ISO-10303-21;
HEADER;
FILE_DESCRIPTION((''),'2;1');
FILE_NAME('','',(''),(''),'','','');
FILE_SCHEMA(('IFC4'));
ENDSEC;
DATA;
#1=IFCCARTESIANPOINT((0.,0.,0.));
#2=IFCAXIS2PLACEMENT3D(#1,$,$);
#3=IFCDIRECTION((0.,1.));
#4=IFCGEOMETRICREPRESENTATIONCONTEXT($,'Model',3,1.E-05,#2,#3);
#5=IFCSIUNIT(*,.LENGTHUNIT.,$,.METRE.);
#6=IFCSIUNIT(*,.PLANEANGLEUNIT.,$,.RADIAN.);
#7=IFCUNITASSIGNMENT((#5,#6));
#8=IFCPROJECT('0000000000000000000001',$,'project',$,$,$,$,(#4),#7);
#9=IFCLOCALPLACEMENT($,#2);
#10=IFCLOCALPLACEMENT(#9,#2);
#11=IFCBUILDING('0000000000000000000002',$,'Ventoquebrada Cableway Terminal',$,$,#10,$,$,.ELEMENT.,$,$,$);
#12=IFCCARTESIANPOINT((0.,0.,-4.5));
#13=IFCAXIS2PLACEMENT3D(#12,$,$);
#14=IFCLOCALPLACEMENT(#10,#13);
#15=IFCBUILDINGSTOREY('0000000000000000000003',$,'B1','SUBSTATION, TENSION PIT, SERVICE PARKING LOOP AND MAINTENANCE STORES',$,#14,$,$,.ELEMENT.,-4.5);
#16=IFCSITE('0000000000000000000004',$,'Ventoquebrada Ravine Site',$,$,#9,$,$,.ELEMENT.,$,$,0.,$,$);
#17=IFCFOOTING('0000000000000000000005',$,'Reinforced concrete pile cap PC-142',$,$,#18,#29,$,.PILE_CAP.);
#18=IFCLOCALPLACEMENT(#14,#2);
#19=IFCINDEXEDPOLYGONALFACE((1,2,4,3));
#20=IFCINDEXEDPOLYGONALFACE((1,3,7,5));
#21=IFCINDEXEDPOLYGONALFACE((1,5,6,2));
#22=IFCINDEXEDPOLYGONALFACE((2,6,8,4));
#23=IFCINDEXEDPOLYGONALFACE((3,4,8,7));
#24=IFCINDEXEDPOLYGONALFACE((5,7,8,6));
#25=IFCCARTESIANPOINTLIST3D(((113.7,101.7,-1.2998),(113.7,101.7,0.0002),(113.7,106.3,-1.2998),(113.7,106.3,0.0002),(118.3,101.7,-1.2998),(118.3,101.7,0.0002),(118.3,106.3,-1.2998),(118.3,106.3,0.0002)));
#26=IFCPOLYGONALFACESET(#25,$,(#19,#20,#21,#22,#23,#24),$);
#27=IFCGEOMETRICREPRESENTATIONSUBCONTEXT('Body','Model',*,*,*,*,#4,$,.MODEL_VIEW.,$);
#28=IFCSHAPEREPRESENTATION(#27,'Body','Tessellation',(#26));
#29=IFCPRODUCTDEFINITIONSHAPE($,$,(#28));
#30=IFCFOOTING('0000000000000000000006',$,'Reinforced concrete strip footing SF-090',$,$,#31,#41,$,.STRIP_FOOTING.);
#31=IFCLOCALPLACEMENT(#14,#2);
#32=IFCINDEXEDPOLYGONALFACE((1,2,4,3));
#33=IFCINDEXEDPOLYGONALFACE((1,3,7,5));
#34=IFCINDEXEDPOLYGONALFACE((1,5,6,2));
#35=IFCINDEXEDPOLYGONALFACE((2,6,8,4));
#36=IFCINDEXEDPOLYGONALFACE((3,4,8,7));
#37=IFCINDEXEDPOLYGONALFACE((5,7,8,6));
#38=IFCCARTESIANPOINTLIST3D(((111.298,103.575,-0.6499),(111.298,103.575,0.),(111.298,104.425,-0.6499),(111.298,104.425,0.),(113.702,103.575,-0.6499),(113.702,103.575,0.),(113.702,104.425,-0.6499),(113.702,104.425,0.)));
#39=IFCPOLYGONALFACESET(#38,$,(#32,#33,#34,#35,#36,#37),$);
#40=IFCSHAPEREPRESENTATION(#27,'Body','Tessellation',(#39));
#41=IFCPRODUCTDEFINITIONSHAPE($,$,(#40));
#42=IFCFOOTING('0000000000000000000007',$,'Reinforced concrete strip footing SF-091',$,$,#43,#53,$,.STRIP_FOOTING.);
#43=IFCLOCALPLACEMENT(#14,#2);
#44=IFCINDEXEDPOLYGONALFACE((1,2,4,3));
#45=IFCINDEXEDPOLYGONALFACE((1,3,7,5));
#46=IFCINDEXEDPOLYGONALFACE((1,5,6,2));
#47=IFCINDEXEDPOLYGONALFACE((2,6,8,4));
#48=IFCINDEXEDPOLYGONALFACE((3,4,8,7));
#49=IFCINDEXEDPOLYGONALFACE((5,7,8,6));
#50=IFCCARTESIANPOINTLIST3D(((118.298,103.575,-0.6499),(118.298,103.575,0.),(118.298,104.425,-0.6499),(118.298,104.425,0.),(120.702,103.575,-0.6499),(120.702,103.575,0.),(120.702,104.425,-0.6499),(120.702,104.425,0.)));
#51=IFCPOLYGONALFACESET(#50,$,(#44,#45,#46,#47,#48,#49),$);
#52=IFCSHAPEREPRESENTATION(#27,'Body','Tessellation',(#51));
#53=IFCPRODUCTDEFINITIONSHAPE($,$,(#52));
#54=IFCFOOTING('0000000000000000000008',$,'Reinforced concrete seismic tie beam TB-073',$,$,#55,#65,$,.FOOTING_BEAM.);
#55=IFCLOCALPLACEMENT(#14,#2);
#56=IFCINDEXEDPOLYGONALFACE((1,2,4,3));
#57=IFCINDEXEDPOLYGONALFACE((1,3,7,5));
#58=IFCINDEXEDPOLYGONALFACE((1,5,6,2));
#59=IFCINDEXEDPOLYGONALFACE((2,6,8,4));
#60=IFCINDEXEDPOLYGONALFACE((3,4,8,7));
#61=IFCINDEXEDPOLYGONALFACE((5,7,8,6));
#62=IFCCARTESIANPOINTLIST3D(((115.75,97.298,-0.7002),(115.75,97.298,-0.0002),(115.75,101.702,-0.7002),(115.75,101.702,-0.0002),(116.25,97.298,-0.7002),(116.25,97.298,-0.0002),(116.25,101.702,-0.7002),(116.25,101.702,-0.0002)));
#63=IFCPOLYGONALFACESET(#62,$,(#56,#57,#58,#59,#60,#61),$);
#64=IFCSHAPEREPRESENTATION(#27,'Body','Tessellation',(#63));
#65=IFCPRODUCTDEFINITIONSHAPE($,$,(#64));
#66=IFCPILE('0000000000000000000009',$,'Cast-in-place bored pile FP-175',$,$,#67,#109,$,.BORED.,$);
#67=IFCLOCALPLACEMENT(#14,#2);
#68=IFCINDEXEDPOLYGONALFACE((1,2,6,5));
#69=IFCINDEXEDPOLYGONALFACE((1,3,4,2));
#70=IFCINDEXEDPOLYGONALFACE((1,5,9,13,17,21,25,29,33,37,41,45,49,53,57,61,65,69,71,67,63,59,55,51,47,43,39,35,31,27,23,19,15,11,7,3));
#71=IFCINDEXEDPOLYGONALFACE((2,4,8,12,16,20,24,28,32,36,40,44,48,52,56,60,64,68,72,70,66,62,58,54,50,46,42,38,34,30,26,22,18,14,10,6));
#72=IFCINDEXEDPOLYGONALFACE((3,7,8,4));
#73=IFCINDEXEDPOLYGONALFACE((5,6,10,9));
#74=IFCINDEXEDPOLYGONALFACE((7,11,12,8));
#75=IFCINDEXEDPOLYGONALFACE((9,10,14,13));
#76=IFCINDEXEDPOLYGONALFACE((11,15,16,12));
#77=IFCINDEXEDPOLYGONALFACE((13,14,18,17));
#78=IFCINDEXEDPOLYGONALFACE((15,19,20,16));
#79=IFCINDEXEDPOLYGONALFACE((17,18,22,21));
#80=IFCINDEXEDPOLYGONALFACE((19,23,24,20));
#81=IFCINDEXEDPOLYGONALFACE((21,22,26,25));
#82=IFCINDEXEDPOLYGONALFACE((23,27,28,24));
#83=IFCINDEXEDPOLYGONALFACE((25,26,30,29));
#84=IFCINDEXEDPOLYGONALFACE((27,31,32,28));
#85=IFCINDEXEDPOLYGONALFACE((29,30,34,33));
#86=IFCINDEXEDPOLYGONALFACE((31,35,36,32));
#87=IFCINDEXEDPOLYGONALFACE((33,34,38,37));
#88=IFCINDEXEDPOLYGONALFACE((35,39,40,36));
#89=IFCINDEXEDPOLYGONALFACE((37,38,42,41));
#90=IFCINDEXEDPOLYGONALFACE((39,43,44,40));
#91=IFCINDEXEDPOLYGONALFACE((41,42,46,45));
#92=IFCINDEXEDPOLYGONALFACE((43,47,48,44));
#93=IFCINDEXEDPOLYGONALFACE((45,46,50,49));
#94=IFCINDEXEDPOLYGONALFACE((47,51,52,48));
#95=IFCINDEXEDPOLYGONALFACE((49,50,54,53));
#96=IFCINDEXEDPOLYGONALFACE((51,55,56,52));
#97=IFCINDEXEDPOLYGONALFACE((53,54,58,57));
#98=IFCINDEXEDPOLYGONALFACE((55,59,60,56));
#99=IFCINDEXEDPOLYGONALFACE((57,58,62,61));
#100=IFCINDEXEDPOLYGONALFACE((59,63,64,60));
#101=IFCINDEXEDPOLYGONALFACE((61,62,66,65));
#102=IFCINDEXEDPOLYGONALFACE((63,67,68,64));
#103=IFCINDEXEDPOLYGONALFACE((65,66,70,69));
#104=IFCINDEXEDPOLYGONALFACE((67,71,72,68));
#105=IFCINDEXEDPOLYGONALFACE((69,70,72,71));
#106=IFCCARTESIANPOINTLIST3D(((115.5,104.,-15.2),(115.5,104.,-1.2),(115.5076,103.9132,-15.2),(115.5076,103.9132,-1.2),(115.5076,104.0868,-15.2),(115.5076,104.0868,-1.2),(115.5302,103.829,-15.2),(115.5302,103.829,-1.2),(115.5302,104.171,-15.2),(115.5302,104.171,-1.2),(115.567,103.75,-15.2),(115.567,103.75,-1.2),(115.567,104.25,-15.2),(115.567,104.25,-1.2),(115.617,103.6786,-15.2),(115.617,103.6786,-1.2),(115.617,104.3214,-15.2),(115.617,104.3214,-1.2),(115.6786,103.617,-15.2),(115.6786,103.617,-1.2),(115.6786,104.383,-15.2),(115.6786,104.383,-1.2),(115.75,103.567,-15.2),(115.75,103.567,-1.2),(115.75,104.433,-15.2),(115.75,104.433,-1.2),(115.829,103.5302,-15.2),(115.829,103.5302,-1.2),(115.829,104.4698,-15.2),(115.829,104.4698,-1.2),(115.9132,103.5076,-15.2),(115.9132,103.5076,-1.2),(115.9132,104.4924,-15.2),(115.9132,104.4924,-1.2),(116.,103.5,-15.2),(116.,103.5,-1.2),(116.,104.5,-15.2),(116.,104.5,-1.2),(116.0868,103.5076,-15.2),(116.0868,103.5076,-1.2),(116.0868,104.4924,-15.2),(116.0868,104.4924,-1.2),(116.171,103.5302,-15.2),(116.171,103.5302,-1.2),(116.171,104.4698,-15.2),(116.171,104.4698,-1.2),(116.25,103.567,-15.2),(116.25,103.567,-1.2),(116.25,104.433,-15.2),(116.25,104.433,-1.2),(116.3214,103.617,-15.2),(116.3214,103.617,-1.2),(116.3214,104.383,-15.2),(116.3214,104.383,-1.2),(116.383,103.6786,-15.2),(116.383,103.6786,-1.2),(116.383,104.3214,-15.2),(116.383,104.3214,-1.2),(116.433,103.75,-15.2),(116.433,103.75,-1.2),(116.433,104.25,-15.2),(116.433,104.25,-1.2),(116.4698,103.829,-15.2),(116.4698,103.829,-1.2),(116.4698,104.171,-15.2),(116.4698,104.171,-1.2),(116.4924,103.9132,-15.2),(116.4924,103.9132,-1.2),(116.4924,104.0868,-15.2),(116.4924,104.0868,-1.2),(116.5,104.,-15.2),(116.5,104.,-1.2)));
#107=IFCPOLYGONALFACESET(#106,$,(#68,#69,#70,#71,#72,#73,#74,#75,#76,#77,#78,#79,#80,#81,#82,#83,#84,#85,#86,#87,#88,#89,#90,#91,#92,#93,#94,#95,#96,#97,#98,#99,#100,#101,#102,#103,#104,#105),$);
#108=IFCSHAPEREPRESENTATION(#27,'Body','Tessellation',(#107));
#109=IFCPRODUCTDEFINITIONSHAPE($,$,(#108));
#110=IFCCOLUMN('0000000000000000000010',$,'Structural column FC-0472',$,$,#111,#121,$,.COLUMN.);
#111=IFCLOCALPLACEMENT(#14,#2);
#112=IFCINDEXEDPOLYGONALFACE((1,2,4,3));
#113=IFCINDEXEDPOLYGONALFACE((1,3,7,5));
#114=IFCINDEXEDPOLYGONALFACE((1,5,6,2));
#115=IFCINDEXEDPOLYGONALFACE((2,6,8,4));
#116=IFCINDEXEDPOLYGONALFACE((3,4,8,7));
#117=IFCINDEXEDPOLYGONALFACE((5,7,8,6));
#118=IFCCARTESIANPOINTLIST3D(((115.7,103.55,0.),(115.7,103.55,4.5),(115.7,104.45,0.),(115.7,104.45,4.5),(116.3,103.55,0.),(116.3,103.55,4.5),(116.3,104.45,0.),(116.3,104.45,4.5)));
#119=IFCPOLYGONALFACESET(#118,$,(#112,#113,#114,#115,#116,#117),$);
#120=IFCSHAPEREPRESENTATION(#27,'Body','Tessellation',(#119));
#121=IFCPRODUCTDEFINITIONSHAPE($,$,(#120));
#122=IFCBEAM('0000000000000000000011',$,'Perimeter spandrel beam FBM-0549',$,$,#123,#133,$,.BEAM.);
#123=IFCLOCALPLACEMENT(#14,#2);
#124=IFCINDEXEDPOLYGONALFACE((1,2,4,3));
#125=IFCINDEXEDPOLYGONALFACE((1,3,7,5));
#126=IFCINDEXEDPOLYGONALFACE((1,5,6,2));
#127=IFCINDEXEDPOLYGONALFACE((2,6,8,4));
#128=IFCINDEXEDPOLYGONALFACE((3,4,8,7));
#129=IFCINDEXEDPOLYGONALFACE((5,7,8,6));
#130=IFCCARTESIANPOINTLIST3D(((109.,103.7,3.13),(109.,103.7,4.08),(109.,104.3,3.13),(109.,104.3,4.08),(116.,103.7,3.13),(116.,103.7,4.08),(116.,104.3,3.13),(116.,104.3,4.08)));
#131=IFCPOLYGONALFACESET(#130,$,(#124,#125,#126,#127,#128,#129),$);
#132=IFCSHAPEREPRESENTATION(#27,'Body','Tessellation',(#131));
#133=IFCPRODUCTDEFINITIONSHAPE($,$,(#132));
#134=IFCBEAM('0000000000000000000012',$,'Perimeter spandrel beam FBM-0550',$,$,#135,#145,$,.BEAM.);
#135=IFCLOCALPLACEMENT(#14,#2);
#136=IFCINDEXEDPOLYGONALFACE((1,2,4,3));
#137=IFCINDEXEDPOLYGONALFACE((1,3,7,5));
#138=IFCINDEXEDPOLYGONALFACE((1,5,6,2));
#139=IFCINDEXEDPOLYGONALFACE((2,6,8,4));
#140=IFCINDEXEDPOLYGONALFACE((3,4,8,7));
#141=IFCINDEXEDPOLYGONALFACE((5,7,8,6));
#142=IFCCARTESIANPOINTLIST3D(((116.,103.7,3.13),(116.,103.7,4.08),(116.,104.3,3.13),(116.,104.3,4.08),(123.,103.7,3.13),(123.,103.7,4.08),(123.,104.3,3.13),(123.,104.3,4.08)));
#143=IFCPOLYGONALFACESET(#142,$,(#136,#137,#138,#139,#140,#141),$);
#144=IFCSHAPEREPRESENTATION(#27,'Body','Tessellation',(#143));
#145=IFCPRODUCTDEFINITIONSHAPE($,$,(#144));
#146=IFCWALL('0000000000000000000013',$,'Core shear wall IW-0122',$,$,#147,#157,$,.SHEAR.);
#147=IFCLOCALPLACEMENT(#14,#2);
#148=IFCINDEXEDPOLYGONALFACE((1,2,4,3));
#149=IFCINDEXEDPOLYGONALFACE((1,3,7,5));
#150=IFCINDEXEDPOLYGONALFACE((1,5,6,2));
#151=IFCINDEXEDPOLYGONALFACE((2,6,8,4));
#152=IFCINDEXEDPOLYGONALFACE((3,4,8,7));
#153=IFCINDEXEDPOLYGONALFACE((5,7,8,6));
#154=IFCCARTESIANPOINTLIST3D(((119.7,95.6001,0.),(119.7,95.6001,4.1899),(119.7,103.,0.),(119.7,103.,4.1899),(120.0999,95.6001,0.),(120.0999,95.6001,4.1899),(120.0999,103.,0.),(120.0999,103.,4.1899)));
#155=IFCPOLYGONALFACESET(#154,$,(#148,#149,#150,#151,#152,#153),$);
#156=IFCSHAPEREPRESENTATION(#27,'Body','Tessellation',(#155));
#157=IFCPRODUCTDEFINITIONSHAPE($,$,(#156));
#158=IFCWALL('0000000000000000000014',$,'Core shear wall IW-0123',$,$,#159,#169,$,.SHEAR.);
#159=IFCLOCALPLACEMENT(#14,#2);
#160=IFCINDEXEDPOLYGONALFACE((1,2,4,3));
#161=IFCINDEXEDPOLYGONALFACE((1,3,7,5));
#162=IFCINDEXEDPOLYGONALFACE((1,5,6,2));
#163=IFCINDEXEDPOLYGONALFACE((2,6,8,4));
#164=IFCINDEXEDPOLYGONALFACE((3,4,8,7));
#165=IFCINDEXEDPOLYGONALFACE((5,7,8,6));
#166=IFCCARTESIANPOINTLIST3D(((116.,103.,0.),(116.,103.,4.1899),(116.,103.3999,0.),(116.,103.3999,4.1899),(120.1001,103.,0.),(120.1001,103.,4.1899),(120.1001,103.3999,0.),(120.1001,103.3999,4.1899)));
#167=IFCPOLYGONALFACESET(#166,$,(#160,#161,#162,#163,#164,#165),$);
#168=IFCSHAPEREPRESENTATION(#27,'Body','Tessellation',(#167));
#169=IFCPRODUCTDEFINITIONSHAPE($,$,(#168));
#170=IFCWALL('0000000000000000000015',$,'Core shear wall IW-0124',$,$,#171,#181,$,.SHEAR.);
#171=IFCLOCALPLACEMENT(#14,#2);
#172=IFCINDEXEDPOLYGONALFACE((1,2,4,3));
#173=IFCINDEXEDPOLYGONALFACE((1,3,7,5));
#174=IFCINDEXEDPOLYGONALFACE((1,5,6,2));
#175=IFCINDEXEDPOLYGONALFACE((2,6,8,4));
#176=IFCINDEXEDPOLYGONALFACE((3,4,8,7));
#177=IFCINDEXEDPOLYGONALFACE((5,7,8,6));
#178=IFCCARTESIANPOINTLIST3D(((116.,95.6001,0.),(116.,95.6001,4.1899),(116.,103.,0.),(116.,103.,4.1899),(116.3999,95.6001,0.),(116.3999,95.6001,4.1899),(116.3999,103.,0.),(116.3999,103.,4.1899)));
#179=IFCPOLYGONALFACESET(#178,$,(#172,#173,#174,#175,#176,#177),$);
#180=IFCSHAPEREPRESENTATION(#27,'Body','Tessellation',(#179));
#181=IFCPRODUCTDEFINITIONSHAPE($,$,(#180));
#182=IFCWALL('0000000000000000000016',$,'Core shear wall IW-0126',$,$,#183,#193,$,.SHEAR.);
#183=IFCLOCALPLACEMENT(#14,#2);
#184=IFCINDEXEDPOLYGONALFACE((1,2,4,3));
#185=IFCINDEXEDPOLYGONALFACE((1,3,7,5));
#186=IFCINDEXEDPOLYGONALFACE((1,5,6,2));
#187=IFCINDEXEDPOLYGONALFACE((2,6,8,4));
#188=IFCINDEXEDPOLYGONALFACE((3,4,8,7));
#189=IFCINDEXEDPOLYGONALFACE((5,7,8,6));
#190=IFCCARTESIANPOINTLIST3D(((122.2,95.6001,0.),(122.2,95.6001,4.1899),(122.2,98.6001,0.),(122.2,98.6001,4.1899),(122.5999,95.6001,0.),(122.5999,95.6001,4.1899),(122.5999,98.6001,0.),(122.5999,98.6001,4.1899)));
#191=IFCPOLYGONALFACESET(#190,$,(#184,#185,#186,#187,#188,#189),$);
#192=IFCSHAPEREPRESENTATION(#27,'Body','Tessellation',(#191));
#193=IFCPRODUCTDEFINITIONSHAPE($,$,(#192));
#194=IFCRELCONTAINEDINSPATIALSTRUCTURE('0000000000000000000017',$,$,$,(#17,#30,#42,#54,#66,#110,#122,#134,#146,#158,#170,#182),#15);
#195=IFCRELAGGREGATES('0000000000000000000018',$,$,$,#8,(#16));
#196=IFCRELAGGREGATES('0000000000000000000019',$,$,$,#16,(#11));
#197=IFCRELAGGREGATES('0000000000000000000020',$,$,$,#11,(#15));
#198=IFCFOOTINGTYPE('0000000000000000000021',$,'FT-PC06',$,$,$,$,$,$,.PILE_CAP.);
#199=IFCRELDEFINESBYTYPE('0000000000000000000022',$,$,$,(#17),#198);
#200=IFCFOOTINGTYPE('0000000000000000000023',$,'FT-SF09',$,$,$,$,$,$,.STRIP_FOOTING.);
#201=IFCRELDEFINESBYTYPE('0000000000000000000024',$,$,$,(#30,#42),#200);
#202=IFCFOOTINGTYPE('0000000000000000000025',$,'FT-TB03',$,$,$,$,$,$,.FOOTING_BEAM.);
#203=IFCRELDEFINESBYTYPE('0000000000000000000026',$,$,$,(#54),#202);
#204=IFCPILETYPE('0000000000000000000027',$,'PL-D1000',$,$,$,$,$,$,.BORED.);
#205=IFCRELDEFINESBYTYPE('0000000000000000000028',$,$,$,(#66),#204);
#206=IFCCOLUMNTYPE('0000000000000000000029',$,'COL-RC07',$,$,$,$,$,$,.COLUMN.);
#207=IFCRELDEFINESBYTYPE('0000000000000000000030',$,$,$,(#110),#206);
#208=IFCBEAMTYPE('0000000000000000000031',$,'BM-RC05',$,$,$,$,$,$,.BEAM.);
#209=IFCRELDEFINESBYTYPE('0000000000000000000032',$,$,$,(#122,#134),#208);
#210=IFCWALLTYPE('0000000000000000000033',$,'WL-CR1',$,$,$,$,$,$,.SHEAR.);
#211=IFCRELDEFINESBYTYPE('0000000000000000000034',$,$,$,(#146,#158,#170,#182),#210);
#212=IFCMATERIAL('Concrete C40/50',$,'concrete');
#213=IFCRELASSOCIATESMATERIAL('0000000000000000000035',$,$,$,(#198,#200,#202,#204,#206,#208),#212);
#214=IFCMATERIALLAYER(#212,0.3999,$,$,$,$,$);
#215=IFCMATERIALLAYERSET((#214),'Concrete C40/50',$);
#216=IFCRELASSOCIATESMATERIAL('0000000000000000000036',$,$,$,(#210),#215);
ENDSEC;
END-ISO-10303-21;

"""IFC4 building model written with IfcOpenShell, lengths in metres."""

from ifc_helpers import new_model, si_unit, direction, frame, frame_2d, origin, origin_2d, place, context, subcontext, project, spatial, rectangle, circle, extrude, material, layer, layer_set, material_profile, profile_set, type_object, element, save


model = new_model("IFC4")

# Units and contexts
model_context = context("Model", 3, precision=1e-05, world=origin(), true_north=direction((0.0, 1.0)))
body_context = subcontext(model_context, "Body", "Model", "MODEL_VIEW")
ifc_project = project(units=[si_unit("LENGTHUNIT", "METRE"), si_unit("PLANEANGLEUNIT", "RADIAN")], contexts=[model_context])

# Site, building, storey
site_placement = place(None, origin())
site = spatial("IfcSite", under=ifc_project, at=site_placement, Name="Ventoquebrada Ravine Site", CompositionType="ELEMENT", RefElevation=0.0)
building_placement = place(site_placement, origin())
building = spatial("IfcBuilding", under=site, at=building_placement, Name="Ventoquebrada Cableway Terminal", CompositionType="ELEMENT")
storey_placement = place(building_placement, frame((0.0, 0.0, -4.5)))
storey = spatial("IfcBuildingStorey", under=building, at=storey_placement, Name="B1", Description="SUBSTATION, TENSION PIT, SERVICE PARKING LOOP AND MAINTENANCE STORES", CompositionType="ELEMENT", Elevation=-4.5)

# Footings
ifc_material_1 = material(Name="Concrete C40/50", Category="concrete")
footing_type_1 = type_object("IfcFootingType", Name="FT-PC06", PredefinedType="PILE_CAP", material=ifc_material_1)
footing_1_placement = place(storey_placement, frame((116.0, 104.0, -1.2998), z_axis=(0.0, 0.0, 1.0), x_axis=(1.0, 0.0, 0.0)))
element("IfcFooting", 1, at=footing_1_placement, inside=storey, type_object=footing_type_1, Name="Reinforced concrete pile cap PC-142", PredefinedType="PILE_CAP", context=body_context, shape_type="SweptSolid", body=[
    extrude(rectangle(XDim=4.6001, YDim=4.6001, at=origin_2d()), origin(), (0.0, 0.0, 1.0), 1.3),
])
footing_type_2 = type_object("IfcFootingType", Name="FT-SF09", PredefinedType="STRIP_FOOTING", material=ifc_material_1)
for number, where, z_axis, x_axis, name in (
    (2, (112.5, 104.0, -0.6499), (0.0, 0.0, 1.0), (1.0, 0.0, 0.0), "Reinforced concrete strip footing SF-090"),
    (3, (119.5, 104.0, -0.6499), (0.0, 0.0, 1.0), (1.0, 0.0, 0.0), "Reinforced concrete strip footing SF-091"),
):
    element("IfcFooting", number, at=place(storey_placement, frame(where, z_axis=z_axis, x_axis=x_axis)), inside=storey, type_object=footing_type_2, Name=name, PredefinedType="STRIP_FOOTING", context=body_context, shape_type="SweptSolid", body=[
        extrude(rectangle(XDim=2.4041, YDim=0.8501, at=origin_2d()), origin(), (0.0, 0.0, 1.0), 0.6499),
    ])
footing_type_3 = type_object("IfcFootingType", Name="FT-TB03", PredefinedType="FOOTING_BEAM", material=ifc_material_1)
footing_2_placement = place(storey_placement, frame((116.0, 99.5, -0.7002), z_axis=(0.0, 0.0, 1.0), x_axis=(0.0, 1.0, 0.0)))
element("IfcFooting", 4, at=footing_2_placement, inside=storey, type_object=footing_type_3, Name="Reinforced concrete seismic tie beam TB-073", PredefinedType="FOOTING_BEAM", context=body_context, shape_type="SweptSolid", body=[
    extrude(rectangle(XDim=4.4041, YDim=0.5, at=origin_2d()), origin(), (0.0, 0.0, 1.0), 0.7),
])

# Pile
ifc_material_profile_1 = material_profile(ifc_material_1, circle(Radius=0.5, at=origin_2d()), Name="PILE-D1000")
ifc_profile_set_1 = profile_set([ifc_material_profile_1], Name="Concrete C40/50")
pile_type = type_object("IfcPileType", Name="PL-D1000", PredefinedType="BORED", material=ifc_profile_set_1)
pile_placement = place(storey_placement, frame((116.0, 104.0, -1.2), z_axis=(0.0, 0.0, -1.0), x_axis=(1.0, 0.0, 0.0)))
element("IfcPile", 5, at=pile_placement, inside=storey, type_object=pile_type, Name="Cast-in-place bored pile FP-175", PredefinedType="BORED", context=body_context, shape_type="SweptSolid", body=[
    extrude(circle(Radius=0.5, at=origin_2d()), origin(), (0.0, 0.0, 1.0), 14.0),
])

# Column
ifc_material_profile_2 = material_profile(ifc_material_1, rectangle(XDim=0.6001, YDim=0.8999, at=origin_2d()), Name="RC-COL-900X600")
ifc_profile_set_2 = profile_set([ifc_material_profile_2], Name="Concrete C40/50")
column_type = type_object("IfcColumnType", Name="COL-RC07", PredefinedType="COLUMN", material=ifc_profile_set_2)
column_placement = place(storey_placement, frame((116.0, 104.0, 0.0), z_axis=(0.0, 0.0, 1.0), x_axis=(1.0, 0.0, 0.0)))
element("IfcColumn", 6, at=column_placement, inside=storey, type_object=column_type, Name="Structural column FC-0472", PredefinedType="COLUMN", context=body_context, shape_type="SweptSolid", body=[
    extrude(rectangle(XDim=0.6001, YDim=0.8999, at=origin_2d()), origin(), (0.0, 0.0, 1.0), 4.5),
])

# Beams
ifc_material_profile_3 = material_profile(ifc_material_1, rectangle(XDim=0.6001, YDim=0.95, at=origin_2d()), Name="RC-BM-600X950")
ifc_profile_set_3 = profile_set([ifc_material_profile_3], Name="Concrete C40/50")
beam_type = type_object("IfcBeamType", Name="BM-RC05", PredefinedType="BEAM", material=ifc_profile_set_3)
for number, where, z_axis, x_axis, name in (
    (7, (109.0, 104.0, 3.605), (1.0, 0.0, 0.0), (0.0, 1.0, 0.0), "Perimeter spandrel beam FBM-0549"),
    (8, (116.0, 104.0, 3.605), (1.0, 0.0, 0.0), (0.0, 1.0, 0.0), "Perimeter spandrel beam FBM-0550"),
):
    element("IfcBeam", number, at=place(storey_placement, frame(where, z_axis=z_axis, x_axis=x_axis)), inside=storey, type_object=beam_type, Name=name, PredefinedType="BEAM", context=body_context, shape_type="SweptSolid", body=[
        extrude(rectangle(XDim=0.6001, YDim=0.95, at=origin_2d()), origin(), (0.0, 0.0, 1.0), 7.0),
    ])

# Walls
ifc_layer_1 = layer(ifc_material_1, 0.3999)
ifc_layer_set_1 = layer_set([ifc_layer_1], Name="Concrete C40/50")
wall_type_1 = type_object("IfcWallType", Name="WL-CR1", PredefinedType="SHEAR", material=ifc_layer_set_1)
wall_1_placement = place(storey_placement, frame((119.8999, 95.6001, 0.0), z_axis=(0.0, 0.0, 1.0), x_axis=(0.0, 1.0, 0.0)))
element("IfcWall", 9, at=wall_1_placement, inside=storey, type_object=wall_type_1, Name="Core shear wall IW-0122", PredefinedType="SHEAR", context=body_context, shape_type="SweptSolid", body=[
    extrude(rectangle(XDim=7.3999, YDim=0.3999, at=frame_2d((3.7, 0.0))), origin(), (0.0, 0.0, 1.0), 4.1899),
])
wall_2_placement = place(storey_placement, frame((120.1001, 103.2, 0.0), z_axis=(0.0, 0.0, 1.0), x_axis=(-1.0, 0.0, 0.0)))
element("IfcWall", 10, at=wall_2_placement, inside=storey, type_object=wall_type_1, Name="Core shear wall IW-0123", PredefinedType="SHEAR", context=body_context, shape_type="SweptSolid", body=[
    extrude(rectangle(XDim=4.1001, YDim=0.3999, at=frame_2d((2.05, 0.0))), origin(), (0.0, 0.0, 1.0), 4.1899),
])
wall_3_placement = place(storey_placement, frame((116.2, 103.0, 0.0), z_axis=(0.0, 0.0, 1.0), x_axis=(0.0, -1.0, 0.0)))
element("IfcWall", 11, at=wall_3_placement, inside=storey, type_object=wall_type_1, Name="Core shear wall IW-0124", PredefinedType="SHEAR", context=body_context, shape_type="SweptSolid", body=[
    extrude(rectangle(XDim=7.3999, YDim=0.3999, at=frame_2d((3.7, 0.0))), origin(), (0.0, 0.0, 1.0), 4.1899),
])
wall_4_placement = place(storey_placement, frame((122.3999, 95.6001, 0.0), z_axis=(0.0, 0.0, 1.0), x_axis=(0.0, 1.0, 0.0)))
element("IfcWall", 12, at=wall_4_placement, inside=storey, type_object=wall_type_1, Name="Core shear wall IW-0126", PredefinedType="SHEAR", context=body_context, shape_type="SweptSolid", body=[
    extrude(rectangle(XDim=3.0, YDim=0.3999, at=frame_2d((1.5, 0.0))), origin(), (0.0, 0.0, 1.0), 4.1899),
])

save(model, "model.ifc")
